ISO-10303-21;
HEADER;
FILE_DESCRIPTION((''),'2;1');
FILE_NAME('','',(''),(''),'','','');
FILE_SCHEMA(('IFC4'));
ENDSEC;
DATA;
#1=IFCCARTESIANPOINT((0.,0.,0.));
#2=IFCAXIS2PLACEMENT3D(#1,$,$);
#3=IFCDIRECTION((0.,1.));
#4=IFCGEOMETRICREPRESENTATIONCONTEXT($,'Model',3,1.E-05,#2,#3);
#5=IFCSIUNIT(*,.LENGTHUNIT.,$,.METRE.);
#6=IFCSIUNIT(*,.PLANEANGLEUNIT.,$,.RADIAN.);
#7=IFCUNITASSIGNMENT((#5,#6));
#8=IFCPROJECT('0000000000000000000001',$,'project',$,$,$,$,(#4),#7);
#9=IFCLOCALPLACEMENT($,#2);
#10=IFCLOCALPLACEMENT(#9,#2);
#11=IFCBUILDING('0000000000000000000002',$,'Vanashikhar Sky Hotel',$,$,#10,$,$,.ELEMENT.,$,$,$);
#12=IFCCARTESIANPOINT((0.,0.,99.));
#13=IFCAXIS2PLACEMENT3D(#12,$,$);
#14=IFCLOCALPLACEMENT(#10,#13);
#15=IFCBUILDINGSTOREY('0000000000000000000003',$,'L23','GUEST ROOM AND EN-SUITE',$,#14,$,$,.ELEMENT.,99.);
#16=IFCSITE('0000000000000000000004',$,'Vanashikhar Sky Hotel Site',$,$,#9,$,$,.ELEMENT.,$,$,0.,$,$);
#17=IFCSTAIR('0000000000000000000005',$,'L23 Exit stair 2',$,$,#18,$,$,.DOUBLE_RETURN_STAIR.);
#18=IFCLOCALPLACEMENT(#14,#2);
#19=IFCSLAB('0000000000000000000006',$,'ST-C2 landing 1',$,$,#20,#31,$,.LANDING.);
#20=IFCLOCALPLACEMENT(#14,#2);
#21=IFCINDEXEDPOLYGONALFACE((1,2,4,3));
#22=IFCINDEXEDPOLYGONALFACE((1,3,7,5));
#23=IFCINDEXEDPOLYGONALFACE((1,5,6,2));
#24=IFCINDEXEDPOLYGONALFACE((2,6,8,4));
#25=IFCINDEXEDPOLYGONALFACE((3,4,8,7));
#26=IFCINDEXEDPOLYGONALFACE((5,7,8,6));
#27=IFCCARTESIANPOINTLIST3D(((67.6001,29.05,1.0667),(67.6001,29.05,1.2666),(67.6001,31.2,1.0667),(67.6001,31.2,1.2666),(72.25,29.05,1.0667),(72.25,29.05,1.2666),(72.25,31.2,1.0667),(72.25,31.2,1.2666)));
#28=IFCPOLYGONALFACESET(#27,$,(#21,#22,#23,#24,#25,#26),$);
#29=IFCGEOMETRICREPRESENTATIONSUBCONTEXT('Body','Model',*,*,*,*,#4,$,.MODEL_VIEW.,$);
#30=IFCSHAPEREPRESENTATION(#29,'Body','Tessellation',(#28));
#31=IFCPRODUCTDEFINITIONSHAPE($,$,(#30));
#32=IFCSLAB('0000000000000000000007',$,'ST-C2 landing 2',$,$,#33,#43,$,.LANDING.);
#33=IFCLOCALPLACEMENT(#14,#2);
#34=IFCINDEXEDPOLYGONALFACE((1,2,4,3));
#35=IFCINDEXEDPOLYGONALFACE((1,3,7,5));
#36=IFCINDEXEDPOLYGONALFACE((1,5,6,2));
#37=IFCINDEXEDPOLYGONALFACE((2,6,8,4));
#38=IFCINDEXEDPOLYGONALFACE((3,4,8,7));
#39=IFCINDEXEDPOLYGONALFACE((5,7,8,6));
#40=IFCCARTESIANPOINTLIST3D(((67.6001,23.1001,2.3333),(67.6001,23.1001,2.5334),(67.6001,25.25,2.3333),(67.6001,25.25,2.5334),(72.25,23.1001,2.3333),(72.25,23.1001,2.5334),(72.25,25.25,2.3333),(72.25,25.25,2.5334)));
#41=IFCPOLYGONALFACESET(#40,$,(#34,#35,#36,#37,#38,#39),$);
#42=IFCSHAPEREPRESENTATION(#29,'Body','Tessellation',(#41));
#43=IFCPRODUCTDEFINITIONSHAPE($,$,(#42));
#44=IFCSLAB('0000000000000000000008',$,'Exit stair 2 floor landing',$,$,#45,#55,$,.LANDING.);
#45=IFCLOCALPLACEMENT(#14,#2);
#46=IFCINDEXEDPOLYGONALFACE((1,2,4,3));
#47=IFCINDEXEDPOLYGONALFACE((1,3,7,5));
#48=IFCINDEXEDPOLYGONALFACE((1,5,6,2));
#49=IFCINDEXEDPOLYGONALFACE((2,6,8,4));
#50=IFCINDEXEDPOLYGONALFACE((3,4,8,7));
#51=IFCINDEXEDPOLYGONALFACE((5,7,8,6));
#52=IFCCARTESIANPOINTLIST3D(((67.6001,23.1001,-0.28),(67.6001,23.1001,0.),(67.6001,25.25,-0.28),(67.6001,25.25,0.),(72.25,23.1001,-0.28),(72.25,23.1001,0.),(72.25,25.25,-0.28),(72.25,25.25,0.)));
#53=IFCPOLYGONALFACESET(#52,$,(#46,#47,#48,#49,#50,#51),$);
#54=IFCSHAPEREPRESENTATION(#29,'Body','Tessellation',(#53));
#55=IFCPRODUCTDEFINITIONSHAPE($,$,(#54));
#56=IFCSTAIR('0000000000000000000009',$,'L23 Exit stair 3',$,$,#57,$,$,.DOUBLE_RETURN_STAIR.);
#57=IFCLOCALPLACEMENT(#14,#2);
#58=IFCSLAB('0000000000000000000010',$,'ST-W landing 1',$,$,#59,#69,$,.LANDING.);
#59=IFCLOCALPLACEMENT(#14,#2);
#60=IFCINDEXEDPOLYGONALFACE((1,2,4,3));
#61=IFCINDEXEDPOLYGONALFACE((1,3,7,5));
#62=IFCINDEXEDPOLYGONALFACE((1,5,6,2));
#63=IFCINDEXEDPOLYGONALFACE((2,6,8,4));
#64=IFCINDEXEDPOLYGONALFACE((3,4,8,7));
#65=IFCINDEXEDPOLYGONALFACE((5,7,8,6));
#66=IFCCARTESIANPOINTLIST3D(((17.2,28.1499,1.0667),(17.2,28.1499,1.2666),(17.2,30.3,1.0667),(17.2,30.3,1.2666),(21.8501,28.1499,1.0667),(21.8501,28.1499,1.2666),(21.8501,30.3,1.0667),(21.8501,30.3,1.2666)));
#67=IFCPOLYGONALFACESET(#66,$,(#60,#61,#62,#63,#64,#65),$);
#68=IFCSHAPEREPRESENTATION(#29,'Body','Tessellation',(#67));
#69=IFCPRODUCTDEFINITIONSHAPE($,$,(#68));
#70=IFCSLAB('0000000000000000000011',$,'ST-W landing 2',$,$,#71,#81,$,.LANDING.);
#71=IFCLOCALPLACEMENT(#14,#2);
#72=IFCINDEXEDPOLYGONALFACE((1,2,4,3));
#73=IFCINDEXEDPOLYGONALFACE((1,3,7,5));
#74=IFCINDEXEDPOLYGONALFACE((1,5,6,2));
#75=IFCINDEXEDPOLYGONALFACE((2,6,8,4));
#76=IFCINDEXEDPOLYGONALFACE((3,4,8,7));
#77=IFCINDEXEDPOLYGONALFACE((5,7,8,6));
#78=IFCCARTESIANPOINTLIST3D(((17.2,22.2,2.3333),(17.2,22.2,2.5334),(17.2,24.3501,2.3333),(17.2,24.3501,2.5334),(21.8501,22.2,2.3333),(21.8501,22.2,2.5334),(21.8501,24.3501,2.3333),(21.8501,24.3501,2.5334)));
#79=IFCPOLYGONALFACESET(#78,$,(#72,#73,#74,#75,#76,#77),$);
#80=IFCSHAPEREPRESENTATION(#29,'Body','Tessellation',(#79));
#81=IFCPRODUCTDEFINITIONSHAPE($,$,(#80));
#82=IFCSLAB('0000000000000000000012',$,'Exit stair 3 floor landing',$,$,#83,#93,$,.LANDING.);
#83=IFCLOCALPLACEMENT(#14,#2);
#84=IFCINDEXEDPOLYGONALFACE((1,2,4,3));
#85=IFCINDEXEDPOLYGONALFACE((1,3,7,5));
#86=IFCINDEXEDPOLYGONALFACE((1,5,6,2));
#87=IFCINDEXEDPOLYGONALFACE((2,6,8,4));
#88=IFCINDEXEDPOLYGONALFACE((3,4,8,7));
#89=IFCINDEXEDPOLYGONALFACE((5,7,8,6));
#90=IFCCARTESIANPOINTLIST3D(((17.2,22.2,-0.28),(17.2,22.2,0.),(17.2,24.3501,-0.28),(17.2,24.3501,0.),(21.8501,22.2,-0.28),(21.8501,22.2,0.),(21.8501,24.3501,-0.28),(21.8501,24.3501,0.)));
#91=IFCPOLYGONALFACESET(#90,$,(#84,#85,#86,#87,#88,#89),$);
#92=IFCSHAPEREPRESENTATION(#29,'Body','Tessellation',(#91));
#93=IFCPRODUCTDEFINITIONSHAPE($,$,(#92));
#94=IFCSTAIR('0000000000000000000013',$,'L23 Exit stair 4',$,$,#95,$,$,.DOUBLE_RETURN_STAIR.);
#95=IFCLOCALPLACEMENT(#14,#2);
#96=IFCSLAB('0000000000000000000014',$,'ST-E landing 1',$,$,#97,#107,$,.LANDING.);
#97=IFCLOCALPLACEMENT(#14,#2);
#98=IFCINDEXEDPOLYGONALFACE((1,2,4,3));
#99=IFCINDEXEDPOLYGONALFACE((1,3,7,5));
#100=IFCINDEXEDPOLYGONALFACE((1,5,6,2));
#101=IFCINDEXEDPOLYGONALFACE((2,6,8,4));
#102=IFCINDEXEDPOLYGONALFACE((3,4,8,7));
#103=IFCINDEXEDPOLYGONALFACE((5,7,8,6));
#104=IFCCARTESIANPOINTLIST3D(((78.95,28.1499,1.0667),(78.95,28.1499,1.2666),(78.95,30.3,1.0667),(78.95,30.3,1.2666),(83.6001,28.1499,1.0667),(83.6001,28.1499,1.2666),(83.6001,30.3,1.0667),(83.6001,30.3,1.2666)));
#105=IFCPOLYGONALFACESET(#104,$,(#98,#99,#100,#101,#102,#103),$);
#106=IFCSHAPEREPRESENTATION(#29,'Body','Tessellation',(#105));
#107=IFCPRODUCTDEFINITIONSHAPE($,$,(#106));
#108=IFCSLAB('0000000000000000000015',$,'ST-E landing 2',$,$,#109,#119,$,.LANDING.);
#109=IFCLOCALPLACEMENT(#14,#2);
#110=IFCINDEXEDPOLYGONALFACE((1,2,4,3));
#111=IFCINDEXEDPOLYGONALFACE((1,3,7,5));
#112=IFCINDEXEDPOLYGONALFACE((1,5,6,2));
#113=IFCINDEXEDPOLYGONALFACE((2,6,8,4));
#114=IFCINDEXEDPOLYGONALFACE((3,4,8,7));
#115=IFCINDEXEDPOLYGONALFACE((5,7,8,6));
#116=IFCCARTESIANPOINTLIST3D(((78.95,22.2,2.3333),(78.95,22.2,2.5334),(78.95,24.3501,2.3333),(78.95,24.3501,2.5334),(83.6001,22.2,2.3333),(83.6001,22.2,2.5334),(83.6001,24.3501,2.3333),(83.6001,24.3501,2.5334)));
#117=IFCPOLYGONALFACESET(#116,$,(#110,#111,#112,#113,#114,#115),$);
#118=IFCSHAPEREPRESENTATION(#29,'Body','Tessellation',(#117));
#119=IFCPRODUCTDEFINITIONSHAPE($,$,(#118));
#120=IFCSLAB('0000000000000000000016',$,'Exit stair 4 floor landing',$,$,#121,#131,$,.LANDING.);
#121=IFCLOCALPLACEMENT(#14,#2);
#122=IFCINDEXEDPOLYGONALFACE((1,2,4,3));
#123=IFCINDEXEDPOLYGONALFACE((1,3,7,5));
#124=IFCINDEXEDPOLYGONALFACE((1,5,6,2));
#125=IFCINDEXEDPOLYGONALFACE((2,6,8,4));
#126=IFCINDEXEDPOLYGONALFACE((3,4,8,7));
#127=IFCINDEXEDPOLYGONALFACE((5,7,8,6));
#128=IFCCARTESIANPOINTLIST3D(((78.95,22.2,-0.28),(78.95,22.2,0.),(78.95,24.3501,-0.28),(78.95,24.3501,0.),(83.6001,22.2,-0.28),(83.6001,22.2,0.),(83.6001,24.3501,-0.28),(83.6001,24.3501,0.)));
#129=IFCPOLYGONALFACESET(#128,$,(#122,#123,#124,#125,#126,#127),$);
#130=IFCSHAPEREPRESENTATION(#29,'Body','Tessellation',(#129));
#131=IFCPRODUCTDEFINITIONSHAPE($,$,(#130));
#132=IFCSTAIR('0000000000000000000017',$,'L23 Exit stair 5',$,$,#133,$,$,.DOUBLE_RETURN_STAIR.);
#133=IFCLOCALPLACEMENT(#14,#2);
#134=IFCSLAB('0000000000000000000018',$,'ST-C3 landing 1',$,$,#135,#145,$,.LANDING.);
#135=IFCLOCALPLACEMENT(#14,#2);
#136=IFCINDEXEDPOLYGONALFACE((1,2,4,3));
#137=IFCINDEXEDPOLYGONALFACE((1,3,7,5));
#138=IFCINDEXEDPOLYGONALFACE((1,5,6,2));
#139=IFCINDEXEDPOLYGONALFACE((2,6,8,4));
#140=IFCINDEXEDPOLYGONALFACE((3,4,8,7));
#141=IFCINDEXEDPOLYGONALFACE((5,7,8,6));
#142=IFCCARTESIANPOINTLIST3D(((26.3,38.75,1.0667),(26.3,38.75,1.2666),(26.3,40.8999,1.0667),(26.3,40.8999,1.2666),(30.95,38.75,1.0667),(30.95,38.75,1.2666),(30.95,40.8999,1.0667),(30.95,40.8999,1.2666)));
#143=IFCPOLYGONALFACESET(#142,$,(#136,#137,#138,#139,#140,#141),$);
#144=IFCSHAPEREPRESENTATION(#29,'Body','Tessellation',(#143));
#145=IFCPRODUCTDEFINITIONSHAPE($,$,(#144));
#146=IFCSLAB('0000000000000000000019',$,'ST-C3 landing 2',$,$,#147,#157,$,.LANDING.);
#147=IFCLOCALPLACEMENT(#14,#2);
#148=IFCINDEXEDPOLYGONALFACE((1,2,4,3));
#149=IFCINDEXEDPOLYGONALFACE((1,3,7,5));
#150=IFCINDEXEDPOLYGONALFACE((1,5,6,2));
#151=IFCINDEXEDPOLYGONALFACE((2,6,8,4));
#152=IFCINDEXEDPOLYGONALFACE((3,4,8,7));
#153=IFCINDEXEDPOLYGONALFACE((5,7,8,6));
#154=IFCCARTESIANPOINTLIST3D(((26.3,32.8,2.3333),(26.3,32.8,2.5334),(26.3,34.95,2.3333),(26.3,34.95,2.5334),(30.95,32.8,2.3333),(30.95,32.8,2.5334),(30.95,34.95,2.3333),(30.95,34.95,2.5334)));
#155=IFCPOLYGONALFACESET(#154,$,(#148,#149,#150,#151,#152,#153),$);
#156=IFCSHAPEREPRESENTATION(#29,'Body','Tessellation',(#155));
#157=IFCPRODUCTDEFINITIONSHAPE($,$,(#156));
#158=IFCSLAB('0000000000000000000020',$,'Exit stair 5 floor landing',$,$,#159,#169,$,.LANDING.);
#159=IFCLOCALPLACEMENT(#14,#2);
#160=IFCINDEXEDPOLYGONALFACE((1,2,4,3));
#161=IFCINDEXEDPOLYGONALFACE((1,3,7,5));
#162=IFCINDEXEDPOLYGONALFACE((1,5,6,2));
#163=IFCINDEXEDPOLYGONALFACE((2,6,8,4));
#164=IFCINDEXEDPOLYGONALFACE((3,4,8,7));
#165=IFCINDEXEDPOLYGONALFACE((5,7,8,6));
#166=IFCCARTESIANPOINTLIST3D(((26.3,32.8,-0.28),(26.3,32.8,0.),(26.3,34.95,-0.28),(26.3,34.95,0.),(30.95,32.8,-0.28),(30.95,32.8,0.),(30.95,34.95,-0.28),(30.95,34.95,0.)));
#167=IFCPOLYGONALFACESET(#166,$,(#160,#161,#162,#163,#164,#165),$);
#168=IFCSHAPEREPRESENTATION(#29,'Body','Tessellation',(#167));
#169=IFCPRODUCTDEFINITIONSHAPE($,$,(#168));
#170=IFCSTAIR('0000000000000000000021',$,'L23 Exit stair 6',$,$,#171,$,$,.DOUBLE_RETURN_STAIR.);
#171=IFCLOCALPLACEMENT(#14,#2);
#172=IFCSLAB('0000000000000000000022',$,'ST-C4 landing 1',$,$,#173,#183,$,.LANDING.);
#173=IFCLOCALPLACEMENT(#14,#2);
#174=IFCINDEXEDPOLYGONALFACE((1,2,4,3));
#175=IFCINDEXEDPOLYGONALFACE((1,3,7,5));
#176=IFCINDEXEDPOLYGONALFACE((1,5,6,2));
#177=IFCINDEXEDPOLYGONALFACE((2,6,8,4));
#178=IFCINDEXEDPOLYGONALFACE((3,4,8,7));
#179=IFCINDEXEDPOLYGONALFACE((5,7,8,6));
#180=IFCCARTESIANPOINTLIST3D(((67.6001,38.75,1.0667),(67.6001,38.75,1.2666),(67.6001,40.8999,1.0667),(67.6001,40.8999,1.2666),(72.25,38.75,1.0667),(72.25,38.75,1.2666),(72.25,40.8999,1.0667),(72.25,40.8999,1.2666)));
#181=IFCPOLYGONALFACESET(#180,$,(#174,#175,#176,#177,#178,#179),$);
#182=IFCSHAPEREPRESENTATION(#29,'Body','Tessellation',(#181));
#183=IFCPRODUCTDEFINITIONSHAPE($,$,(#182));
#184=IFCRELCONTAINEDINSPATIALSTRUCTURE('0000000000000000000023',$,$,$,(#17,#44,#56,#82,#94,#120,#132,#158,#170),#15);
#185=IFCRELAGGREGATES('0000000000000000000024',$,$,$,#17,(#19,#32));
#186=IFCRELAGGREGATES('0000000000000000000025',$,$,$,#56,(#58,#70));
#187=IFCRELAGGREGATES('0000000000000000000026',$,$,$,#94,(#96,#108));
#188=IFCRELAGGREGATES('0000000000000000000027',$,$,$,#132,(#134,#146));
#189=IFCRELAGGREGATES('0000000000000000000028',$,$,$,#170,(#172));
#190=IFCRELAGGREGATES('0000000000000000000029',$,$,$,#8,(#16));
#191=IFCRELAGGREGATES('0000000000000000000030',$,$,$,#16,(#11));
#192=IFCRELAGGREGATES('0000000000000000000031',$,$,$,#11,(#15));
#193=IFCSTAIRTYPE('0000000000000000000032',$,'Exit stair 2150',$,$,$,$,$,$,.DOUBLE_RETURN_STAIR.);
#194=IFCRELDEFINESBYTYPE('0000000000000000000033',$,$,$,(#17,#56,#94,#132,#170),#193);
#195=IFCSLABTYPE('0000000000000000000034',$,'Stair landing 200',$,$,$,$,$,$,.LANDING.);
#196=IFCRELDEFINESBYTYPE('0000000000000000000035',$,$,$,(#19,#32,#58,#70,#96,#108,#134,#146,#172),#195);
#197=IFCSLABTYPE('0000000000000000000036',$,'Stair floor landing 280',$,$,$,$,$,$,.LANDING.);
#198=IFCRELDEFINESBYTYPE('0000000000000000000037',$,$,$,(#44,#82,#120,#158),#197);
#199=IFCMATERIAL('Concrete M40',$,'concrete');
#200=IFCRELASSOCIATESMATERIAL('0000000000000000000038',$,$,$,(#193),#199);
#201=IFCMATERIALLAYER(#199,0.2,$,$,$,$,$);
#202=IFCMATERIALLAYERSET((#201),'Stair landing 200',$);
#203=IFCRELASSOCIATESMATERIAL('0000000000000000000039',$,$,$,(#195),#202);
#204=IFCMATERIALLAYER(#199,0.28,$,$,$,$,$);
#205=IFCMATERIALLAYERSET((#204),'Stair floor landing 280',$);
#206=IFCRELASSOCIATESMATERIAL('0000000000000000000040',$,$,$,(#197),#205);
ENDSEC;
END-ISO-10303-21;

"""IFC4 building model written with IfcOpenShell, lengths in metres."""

from ifc_helpers import new_model, si_unit, direction, frame, origin, place, context, subcontext, project, spatial, polyline, outline, extrude, source, transform, mapped, material, layer, layer_set, type_object, element, aggregate, save


model = new_model("IFC4")

# Units and contexts
model_context = context("Model", 3, precision=1e-05, world=origin(), true_north=direction((0.0, 1.0)))
body_context = subcontext(model_context, "Body", "Model", "MODEL_VIEW")
ifc_project = project(units=[si_unit("LENGTHUNIT", "METRE"), si_unit("PLANEANGLEUNIT", "RADIAN")], contexts=[model_context])

# Site, building, storey
site_placement = place(None, origin())
site = spatial("IfcSite", under=ifc_project, at=site_placement, Name="Vanashikhar Sky Hotel Site", CompositionType="ELEMENT", RefElevation=0.0)
building_placement = place(site_placement, origin())
building = spatial("IfcBuilding", under=site, at=building_placement, Name="Vanashikhar Sky Hotel", CompositionType="ELEMENT")
storey_placement = place(building_placement, frame((0.0, 0.0, 99.0)))
storey = spatial("IfcBuildingStorey", under=building, at=storey_placement, Name="L23", Description="GUEST ROOM AND EN-SUITE", CompositionType="ELEMENT", Elevation=99.0)

# Shared definitions
ifc_material_1 = material(Name="Concrete M40", Category="concrete")

# Shared definitions
stair_type = type_object("IfcStairType", Name="Exit stair 2150", PredefinedType="DOUBLE_RETURN_STAIR", material=ifc_material_1)
ifc_layer_1 = layer(ifc_material_1, 0.2)
ifc_layer_set_1 = layer_set([ifc_layer_1], Name="Stair landing 200")
slab_type_1 = type_object("IfcSlabType", Name="Stair landing 200", PredefinedType="LANDING", material=ifc_layer_set_1)

# Shared definitions
ifc_layer_2 = layer(ifc_material_1, 0.28)
ifc_layer_set_2 = layer_set([ifc_layer_2], Name="Stair floor landing 280")
slab_type_2 = type_object("IfcSlabType", Name="Stair floor landing 280", PredefinedType="LANDING", material=ifc_layer_set_2)

# Stair, slabs
stair_1_placement = place(storey_placement, origin())
stair_1 = element("IfcStair", 1, at=stair_1_placement, inside=storey, type_object=stair_type, Name="L23 Exit stair 2", PredefinedType="DOUBLE_RETURN_STAIR")
shared_shape_1 = source(origin(), body_context, "Body", "SweptSolid", [
    extrude(outline(polyline([(72.25, 29.05), (72.25, 31.2), (67.6001, 31.2), (67.6001, 29.05), (72.25, 29.05)])), origin(), (0.0, 0.0, 1.0), 0.2),
])
slab_1_placement = place(storey_placement, frame((0.0, 0.0, 1.0667)))
slab_1 = element("IfcSlab", 2, at=slab_1_placement, type_object=slab_type_1, Name="ST-C2 landing 1", PredefinedType="LANDING", context=body_context, shape_type="MappedRepresentation", body=[
    mapped(shared_shape_1, transform((0.0, 0.0, 0.0), scale=1.0)),
])
shared_shape_2 = source(origin(), body_context, "Body", "SweptSolid", [
    extrude(outline(polyline([(72.25, 23.1001), (72.25, 25.25), (67.6001, 25.25), (67.6001, 23.1001), (72.25, 23.1001)])), origin(), (0.0, 0.0, 1.0), 0.2002),
])
slab_2_placement = place(storey_placement, frame((0.0, 0.0, 2.3333)))
slab_2 = element("IfcSlab", 3, at=slab_2_placement, type_object=slab_type_1, Name="ST-C2 landing 2", PredefinedType="LANDING", context=body_context, shape_type="MappedRepresentation", body=[
    mapped(shared_shape_2, transform((0.0, 0.0, 0.0), scale=1.0)),
])
aggregate(stair_1, [slab_1, slab_2])

# Slab
shared_shape_3 = source(origin(), body_context, "Body", "SweptSolid", [
    extrude(outline(polyline([(72.25, 23.1001), (72.25, 25.25), (67.6001, 25.25), (67.6001, 23.1001), (72.25, 23.1001)])), origin(), (0.0, 0.0, 1.0), 0.28),
])
slab_3_placement = place(storey_placement, frame((0.0, 0.0, -0.28)))
element("IfcSlab", 4, at=slab_3_placement, inside=storey, type_object=slab_type_2, Name="Exit stair 2 floor landing", PredefinedType="LANDING", context=body_context, shape_type="MappedRepresentation", body=[
    mapped(shared_shape_3, transform((0.0, 0.0, 0.0), scale=1.0)),
])

# Stair, slabs
stair_2_placement = place(storey_placement, origin())
stair_2 = element("IfcStair", 5, at=stair_2_placement, inside=storey, type_object=stair_type, Name="L23 Exit stair 3", PredefinedType="DOUBLE_RETURN_STAIR")
shared_shape_4 = source(origin(), body_context, "Body", "SweptSolid", [
    extrude(outline(polyline([(21.8501, 28.1499), (21.8501, 30.3), (17.2, 30.3), (17.2, 28.1499), (21.8501, 28.1499)])), origin(), (0.0, 0.0, 1.0), 0.2),
])
slab_4_placement = place(storey_placement, frame((0.0, 0.0, 1.0667)))
slab_4 = element("IfcSlab", 6, at=slab_4_placement, type_object=slab_type_1, Name="ST-W landing 1", PredefinedType="LANDING", context=body_context, shape_type="MappedRepresentation", body=[
    mapped(shared_shape_4, transform((0.0, 0.0, 0.0), scale=1.0)),
])
shared_shape_5 = source(origin(), body_context, "Body", "SweptSolid", [
    extrude(outline(polyline([(21.8501, 22.2), (21.8501, 24.3501), (17.2, 24.3501), (17.2, 22.2), (21.8501, 22.2)])), origin(), (0.0, 0.0, 1.0), 0.2002),
])
slab_5_placement = place(storey_placement, frame((0.0, 0.0, 2.3333)))
slab_5 = element("IfcSlab", 7, at=slab_5_placement, type_object=slab_type_1, Name="ST-W landing 2", PredefinedType="LANDING", context=body_context, shape_type="MappedRepresentation", body=[
    mapped(shared_shape_5, transform((0.0, 0.0, 0.0), scale=1.0)),
])
aggregate(stair_2, [slab_4, slab_5])

# Slab
shared_shape_6 = source(origin(), body_context, "Body", "SweptSolid", [
    extrude(outline(polyline([(21.8501, 22.2), (21.8501, 24.3501), (17.2, 24.3501), (17.2, 22.2), (21.8501, 22.2)])), origin(), (0.0, 0.0, 1.0), 0.28),
])
slab_6_placement = place(storey_placement, frame((0.0, 0.0, -0.28)))
element("IfcSlab", 8, at=slab_6_placement, inside=storey, type_object=slab_type_2, Name="Exit stair 3 floor landing", PredefinedType="LANDING", context=body_context, shape_type="MappedRepresentation", body=[
    mapped(shared_shape_6, transform((0.0, 0.0, 0.0), scale=1.0)),
])

# Stair, slabs
stair_3_placement = place(storey_placement, origin())
stair_3 = element("IfcStair", 9, at=stair_3_placement, inside=storey, type_object=stair_type, Name="L23 Exit stair 4", PredefinedType="DOUBLE_RETURN_STAIR")
shared_shape_7 = source(origin(), body_context, "Body", "SweptSolid", [
    extrude(outline(polyline([(83.6001, 28.1499), (83.6001, 30.3), (78.95, 30.3), (78.95, 28.1499), (83.6001, 28.1499)])), origin(), (0.0, 0.0, 1.0), 0.2),
])
slab_7_placement = place(storey_placement, frame((0.0, 0.0, 1.0667)))
slab_7 = element("IfcSlab", 10, at=slab_7_placement, type_object=slab_type_1, Name="ST-E landing 1", PredefinedType="LANDING", context=body_context, shape_type="MappedRepresentation", body=[
    mapped(shared_shape_7, transform((0.0, 0.0, 0.0), scale=1.0)),
])
shared_shape_8 = source(origin(), body_context, "Body", "SweptSolid", [
    extrude(outline(polyline([(83.6001, 22.2), (83.6001, 24.3501), (78.95, 24.3501), (78.95, 22.2), (83.6001, 22.2)])), origin(), (0.0, 0.0, 1.0), 0.2002),
])
slab_8_placement = place(storey_placement, frame((0.0, 0.0, 2.3333)))
slab_8 = element("IfcSlab", 11, at=slab_8_placement, type_object=slab_type_1, Name="ST-E landing 2", PredefinedType="LANDING", context=body_context, shape_type="MappedRepresentation", body=[
    mapped(shared_shape_8, transform((0.0, 0.0, 0.0), scale=1.0)),
])
aggregate(stair_3, [slab_7, slab_8])

# Slab
shared_shape_9 = source(origin(), body_context, "Body", "SweptSolid", [
    extrude(outline(polyline([(83.6001, 22.2), (83.6001, 24.3501), (78.95, 24.3501), (78.95, 22.2), (83.6001, 22.2)])), origin(), (0.0, 0.0, 1.0), 0.28),
])
slab_9_placement = place(storey_placement, frame((0.0, 0.0, -0.28)))
element("IfcSlab", 12, at=slab_9_placement, inside=storey, type_object=slab_type_2, Name="Exit stair 4 floor landing", PredefinedType="LANDING", context=body_context, shape_type="MappedRepresentation", body=[
    mapped(shared_shape_9, transform((0.0, 0.0, 0.0), scale=1.0)),
])

# Stair, slabs
stair_4_placement = place(storey_placement, origin())
stair_4 = element("IfcStair", 13, at=stair_4_placement, inside=storey, type_object=stair_type, Name="L23 Exit stair 5", PredefinedType="DOUBLE_RETURN_STAIR")
shared_shape_10 = source(origin(), body_context, "Body", "SweptSolid", [
    extrude(outline(polyline([(30.95, 38.75), (30.95, 40.8999), (26.3, 40.8999), (26.3, 38.75), (30.95, 38.75)])), origin(), (0.0, 0.0, 1.0), 0.2),
])
slab_10_placement = place(storey_placement, frame((0.0, 0.0, 1.0667)))
slab_10 = element("IfcSlab", 14, at=slab_10_placement, type_object=slab_type_1, Name="ST-C3 landing 1", PredefinedType="LANDING", context=body_context, shape_type="MappedRepresentation", body=[
    mapped(shared_shape_10, transform((0.0, 0.0, 0.0), scale=1.0)),
])
shared_shape_11 = source(origin(), body_context, "Body", "SweptSolid", [
    extrude(outline(polyline([(30.95, 32.8), (30.95, 34.95), (26.3, 34.95), (26.3, 32.8), (30.95, 32.8)])), origin(), (0.0, 0.0, 1.0), 0.2002),
])
slab_11_placement = place(storey_placement, frame((0.0, 0.0, 2.3333)))
slab_11 = element("IfcSlab", 15, at=slab_11_placement, type_object=slab_type_1, Name="ST-C3 landing 2", PredefinedType="LANDING", context=body_context, shape_type="MappedRepresentation", body=[
    mapped(shared_shape_11, transform((0.0, 0.0, 0.0), scale=1.0)),
])
aggregate(stair_4, [slab_10, slab_11])

# Slab
shared_shape_12 = source(origin(), body_context, "Body", "SweptSolid", [
    extrude(outline(polyline([(30.95, 32.8), (30.95, 34.95), (26.3, 34.95), (26.3, 32.8), (30.95, 32.8)])), origin(), (0.0, 0.0, 1.0), 0.28),
])
slab_12_placement = place(storey_placement, frame((0.0, 0.0, -0.28)))
element("IfcSlab", 16, at=slab_12_placement, inside=storey, type_object=slab_type_2, Name="Exit stair 5 floor landing", PredefinedType="LANDING", context=body_context, shape_type="MappedRepresentation", body=[
    mapped(shared_shape_12, transform((0.0, 0.0, 0.0), scale=1.0)),
])

# Stair, slab
stair_5_placement = place(storey_placement, origin())
stair_5 = element("IfcStair", 17, at=stair_5_placement, inside=storey, type_object=stair_type, Name="L23 Exit stair 6", PredefinedType="DOUBLE_RETURN_STAIR")
shared_shape_13 = source(origin(), body_context, "Body", "SweptSolid", [
    extrude(outline(polyline([(72.25, 38.75), (72.25, 40.8999), (67.6001, 40.8999), (67.6001, 38.75), (72.25, 38.75)])), origin(), (0.0, 0.0, 1.0), 0.2),
])
slab_13_placement = place(storey_placement, frame((0.0, 0.0, 1.0667)))
slab_13 = element("IfcSlab", 18, at=slab_13_placement, type_object=slab_type_1, Name="ST-C4 landing 1", PredefinedType="LANDING", context=body_context, shape_type="MappedRepresentation", body=[
    mapped(shared_shape_13, transform((0.0, 0.0, 0.0), scale=1.0)),
])
aggregate(stair_5, [slab_13])

save(model, "model.ifc")
